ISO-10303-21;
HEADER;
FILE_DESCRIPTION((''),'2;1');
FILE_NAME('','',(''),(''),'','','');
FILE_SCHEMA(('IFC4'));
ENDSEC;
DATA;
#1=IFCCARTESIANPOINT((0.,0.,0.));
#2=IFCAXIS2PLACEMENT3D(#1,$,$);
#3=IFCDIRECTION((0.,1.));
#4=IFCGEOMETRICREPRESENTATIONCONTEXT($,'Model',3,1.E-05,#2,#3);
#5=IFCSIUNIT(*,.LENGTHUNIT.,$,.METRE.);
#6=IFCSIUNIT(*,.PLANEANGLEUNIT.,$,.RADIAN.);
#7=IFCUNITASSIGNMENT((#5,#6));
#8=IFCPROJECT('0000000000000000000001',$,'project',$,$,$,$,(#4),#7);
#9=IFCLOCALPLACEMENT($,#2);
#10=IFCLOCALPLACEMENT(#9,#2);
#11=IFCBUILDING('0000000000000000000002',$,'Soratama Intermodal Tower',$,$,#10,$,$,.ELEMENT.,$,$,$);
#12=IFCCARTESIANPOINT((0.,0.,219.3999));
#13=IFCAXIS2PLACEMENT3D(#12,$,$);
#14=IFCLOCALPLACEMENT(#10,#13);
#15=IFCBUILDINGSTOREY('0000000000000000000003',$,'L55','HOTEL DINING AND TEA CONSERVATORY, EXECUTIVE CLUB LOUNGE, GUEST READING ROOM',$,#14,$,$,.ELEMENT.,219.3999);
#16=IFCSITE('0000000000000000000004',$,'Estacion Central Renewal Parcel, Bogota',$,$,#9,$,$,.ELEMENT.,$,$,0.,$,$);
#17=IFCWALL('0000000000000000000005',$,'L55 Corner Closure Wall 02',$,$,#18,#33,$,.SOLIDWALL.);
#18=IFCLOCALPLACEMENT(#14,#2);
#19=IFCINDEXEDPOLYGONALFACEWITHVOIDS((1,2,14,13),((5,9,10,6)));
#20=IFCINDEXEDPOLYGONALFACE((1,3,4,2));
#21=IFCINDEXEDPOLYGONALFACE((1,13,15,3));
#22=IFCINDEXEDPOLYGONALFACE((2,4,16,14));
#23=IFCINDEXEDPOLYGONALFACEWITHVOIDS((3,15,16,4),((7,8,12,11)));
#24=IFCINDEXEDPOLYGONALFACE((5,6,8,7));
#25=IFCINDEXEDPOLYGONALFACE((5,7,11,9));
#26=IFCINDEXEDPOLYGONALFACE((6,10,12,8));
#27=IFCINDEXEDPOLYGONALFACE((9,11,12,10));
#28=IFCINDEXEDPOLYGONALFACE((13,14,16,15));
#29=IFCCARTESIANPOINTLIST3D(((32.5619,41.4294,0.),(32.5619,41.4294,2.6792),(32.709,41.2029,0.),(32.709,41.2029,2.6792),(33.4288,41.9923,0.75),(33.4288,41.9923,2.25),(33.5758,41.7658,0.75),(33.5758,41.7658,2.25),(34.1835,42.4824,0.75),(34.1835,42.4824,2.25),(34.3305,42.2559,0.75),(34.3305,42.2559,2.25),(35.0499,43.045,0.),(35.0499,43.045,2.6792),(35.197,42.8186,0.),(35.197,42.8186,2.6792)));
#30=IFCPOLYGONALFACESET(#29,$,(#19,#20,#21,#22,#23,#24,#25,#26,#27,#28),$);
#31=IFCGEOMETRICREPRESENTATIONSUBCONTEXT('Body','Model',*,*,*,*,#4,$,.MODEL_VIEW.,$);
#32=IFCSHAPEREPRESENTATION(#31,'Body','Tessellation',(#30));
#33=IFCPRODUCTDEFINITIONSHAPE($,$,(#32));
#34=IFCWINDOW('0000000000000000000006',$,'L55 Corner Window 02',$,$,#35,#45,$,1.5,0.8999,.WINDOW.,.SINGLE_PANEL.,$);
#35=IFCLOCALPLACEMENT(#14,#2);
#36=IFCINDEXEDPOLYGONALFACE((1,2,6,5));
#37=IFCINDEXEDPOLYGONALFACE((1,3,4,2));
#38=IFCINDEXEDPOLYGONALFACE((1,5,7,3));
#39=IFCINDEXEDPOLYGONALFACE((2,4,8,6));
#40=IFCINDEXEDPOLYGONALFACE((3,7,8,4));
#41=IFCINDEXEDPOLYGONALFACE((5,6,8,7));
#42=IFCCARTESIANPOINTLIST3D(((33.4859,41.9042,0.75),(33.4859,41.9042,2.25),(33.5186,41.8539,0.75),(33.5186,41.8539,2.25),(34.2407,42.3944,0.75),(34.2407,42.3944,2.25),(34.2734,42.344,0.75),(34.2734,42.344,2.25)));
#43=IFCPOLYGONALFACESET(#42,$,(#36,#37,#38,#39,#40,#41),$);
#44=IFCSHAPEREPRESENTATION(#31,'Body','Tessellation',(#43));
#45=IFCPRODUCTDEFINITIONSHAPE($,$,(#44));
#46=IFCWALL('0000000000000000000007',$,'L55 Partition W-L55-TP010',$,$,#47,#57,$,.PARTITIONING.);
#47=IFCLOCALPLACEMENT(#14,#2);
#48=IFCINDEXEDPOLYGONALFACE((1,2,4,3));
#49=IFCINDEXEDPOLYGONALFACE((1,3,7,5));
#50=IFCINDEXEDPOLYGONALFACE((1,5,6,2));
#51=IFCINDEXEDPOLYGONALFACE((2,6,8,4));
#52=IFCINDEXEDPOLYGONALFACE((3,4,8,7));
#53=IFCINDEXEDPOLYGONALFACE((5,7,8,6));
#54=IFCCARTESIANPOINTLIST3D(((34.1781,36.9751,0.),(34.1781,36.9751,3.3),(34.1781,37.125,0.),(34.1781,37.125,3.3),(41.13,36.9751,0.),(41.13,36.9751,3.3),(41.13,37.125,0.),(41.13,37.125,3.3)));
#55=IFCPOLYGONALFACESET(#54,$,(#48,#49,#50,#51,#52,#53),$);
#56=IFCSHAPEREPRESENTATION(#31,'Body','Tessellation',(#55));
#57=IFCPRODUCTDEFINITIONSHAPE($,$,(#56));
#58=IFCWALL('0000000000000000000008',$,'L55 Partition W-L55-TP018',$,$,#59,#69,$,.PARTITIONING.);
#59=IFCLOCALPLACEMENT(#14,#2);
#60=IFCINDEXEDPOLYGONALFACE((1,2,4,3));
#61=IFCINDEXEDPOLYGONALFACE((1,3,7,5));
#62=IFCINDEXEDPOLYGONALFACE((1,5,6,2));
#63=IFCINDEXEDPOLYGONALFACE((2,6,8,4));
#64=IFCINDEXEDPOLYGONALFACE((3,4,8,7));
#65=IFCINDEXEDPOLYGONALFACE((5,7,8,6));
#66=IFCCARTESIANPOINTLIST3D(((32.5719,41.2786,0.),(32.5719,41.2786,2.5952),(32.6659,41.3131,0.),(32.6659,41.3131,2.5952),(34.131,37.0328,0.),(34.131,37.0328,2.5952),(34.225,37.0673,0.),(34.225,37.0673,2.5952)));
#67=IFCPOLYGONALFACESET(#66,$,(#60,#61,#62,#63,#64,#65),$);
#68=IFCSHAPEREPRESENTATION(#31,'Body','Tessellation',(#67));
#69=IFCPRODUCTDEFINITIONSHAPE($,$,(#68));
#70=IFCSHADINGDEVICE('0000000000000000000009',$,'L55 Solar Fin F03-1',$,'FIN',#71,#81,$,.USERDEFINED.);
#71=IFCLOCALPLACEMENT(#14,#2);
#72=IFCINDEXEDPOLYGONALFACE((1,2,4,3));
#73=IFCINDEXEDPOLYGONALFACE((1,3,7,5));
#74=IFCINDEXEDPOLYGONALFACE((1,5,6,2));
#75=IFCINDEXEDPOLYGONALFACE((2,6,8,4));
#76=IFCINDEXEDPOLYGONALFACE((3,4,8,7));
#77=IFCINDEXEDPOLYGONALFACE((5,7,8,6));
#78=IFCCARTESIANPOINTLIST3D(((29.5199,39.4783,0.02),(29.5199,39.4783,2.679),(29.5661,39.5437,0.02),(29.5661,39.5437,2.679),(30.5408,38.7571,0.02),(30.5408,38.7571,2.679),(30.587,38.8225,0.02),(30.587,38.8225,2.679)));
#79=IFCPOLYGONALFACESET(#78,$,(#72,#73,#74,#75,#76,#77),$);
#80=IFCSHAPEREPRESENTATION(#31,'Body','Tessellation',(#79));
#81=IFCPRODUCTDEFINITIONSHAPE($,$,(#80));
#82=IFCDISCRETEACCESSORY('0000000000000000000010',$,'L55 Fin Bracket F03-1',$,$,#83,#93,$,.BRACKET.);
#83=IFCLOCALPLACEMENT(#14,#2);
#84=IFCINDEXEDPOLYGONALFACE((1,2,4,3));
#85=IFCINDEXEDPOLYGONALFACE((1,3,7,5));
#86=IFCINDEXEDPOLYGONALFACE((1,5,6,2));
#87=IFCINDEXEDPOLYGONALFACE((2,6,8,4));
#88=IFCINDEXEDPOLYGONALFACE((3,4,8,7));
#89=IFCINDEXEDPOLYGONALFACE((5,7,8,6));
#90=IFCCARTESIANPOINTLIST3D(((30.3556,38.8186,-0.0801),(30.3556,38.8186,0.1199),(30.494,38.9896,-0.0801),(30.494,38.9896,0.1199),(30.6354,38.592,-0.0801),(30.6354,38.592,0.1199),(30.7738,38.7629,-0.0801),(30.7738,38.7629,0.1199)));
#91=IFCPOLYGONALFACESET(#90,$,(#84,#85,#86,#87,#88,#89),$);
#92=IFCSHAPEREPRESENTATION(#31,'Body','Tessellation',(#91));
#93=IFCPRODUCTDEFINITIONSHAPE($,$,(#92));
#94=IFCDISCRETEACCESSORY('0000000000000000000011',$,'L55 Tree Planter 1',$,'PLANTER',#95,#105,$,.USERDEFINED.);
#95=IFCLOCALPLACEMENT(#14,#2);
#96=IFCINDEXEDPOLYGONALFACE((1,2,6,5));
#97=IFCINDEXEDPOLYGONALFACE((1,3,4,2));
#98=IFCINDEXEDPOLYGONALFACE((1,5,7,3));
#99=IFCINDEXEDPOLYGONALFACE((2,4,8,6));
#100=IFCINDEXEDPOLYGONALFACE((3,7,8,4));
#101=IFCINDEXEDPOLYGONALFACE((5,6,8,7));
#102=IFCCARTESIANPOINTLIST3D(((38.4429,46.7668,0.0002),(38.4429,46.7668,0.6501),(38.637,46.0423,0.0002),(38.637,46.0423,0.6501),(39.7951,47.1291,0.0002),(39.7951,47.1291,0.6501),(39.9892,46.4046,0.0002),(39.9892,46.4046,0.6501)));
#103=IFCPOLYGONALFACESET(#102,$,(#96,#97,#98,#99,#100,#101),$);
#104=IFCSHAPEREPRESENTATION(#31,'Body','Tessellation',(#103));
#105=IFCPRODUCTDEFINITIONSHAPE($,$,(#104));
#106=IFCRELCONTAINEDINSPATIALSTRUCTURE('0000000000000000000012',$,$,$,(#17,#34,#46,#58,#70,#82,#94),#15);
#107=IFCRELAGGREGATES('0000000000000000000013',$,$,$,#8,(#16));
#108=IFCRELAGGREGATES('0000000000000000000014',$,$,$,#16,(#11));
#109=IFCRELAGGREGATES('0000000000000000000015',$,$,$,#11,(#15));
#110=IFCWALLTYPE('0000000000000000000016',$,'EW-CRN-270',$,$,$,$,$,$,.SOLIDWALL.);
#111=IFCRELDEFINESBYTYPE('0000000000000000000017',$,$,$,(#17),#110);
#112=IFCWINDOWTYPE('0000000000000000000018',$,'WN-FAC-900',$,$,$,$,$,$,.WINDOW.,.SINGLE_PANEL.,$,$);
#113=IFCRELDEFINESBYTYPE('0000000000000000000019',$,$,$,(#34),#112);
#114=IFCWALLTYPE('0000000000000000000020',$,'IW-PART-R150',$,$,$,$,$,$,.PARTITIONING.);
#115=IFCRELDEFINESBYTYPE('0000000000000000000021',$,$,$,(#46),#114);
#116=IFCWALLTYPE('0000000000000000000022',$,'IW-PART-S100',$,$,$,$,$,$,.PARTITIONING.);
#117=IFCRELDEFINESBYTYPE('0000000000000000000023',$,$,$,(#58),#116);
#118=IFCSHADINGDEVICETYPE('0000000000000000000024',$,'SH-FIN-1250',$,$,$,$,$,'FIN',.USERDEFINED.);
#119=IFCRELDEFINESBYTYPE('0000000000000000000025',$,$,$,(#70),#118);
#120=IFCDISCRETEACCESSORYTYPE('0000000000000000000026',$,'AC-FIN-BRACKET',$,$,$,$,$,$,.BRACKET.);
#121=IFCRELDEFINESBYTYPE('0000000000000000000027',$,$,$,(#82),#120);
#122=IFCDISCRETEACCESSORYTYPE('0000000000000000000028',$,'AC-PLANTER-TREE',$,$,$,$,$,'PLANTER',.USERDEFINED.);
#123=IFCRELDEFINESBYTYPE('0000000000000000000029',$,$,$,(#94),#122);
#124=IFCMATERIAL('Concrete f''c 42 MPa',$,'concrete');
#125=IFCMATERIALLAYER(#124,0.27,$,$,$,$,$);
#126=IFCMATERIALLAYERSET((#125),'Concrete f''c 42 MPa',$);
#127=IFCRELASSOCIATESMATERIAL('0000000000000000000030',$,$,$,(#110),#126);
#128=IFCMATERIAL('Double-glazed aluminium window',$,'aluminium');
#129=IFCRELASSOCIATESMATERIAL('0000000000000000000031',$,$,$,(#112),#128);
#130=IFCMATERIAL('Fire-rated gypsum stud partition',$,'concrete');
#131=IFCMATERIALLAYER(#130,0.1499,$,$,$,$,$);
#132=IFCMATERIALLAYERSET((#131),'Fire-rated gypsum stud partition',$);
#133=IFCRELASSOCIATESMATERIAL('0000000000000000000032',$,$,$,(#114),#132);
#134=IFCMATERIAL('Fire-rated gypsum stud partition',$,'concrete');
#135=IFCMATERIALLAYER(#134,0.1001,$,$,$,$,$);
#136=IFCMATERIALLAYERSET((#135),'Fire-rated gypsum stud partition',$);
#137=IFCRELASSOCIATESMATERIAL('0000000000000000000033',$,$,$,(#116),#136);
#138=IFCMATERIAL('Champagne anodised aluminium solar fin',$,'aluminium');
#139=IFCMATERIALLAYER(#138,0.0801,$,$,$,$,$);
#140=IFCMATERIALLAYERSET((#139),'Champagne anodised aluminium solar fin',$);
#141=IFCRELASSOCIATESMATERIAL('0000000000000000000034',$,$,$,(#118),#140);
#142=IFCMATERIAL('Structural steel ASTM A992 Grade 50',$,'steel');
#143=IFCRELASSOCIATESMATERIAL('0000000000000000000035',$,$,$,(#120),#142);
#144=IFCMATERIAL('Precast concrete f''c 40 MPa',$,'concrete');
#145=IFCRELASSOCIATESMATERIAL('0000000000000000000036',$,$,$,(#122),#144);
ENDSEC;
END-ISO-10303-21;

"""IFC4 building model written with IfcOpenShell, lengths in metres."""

from ifc_helpers import new_model, si_unit, direction, frame, frame_2d, origin, origin_2d, place, context, subcontext, project, spatial, rectangle, extrude, material, layer, layer_set, type_object, element, fill, save


model = new_model("IFC4")

# Units and contexts
model_context = context("Model", 3, precision=1e-05, world=origin(), true_north=direction((0.0, 1.0)))
body_context = subcontext(model_context, "Body", "Model", "MODEL_VIEW")
ifc_project = project(units=[si_unit("LENGTHUNIT", "METRE"), si_unit("PLANEANGLEUNIT", "RADIAN")], contexts=[model_context])

# Site, building, storey
site_placement = place(None, origin())
site = spatial("IfcSite", under=ifc_project, at=site_placement, Name="Estacion Central Renewal Parcel, Bogota", CompositionType="ELEMENT", RefElevation=0.0)
building_placement = place(site_placement, origin())
building = spatial("IfcBuilding", under=site, at=building_placement, Name="Soratama Intermodal Tower", CompositionType="ELEMENT")
storey_placement = place(building_placement, frame((0.0, 0.0, 219.3999)))
storey = spatial("IfcBuildingStorey", under=building, at=storey_placement, Name="L55", Description="HOTEL DINING AND TEA CONSERVATORY, EXECUTIVE CLUB LOUNGE, GUEST READING ROOM", CompositionType="ELEMENT", Elevation=219.3999)

# Wall, opening, window
ifc_material_1 = material(Name="Concrete f'c 42 MPa", Category="concrete")
ifc_layer_1 = layer(ifc_material_1, 0.27)
ifc_layer_set_1 = layer_set([ifc_layer_1], Name="Concrete f'c 42 MPa")
wall_type_1 = type_object("IfcWallType", Name="EW-CRN-270", PredefinedType="SOLIDWALL", material=ifc_layer_set_1)
wall_1_placement = place(storey_placement, frame((35.1235, 42.9319, 0.0), z_axis=(0.0, 0.0, 1.0), x_axis=(-0.838675, -0.544633, 0.0)))
wall_1 = element("IfcWall", 1, at=wall_1_placement, inside=storey, type_object=wall_type_1, Name="L55 Corner Closure Wall 02", PredefinedType="SOLIDWALL", context=body_context, shape_type="SweptSolid", body=[
    extrude(rectangle(XDim=2.9666, YDim=0.27, at=frame_2d((1.4834, 0.0))), origin(), (0.0, 0.0, 1.0), 2.6792),
])
opening_placement = place(wall_1_placement, frame((1.0332, 0.0, 0.75)))
opening = element("IfcOpeningElement", 2, at=opening_placement, cuts=wall_1, PredefinedType="OPENING", context=body_context, shape_type="SweptSolid", body=[
    extrude(rectangle(XDim=0.8999, YDim=1.5, at=frame_2d((0.45, 0.75))), frame((0.0, 0.145, 0.0), z_axis=(0.0, -1.0, 0.0), x_axis=(1.0, 0.0, 0.0)), (0.0, 0.0, 1.0), 0.29),
])
ifc_material_2 = material(Name="Double-glazed aluminium window", Category="aluminium")
window_type = type_object("IfcWindowType", Name="WN-FAC-900", PartitioningType="SINGLE_PANEL", PredefinedType="WINDOW", material=ifc_material_2)
window_placement = place(opening_placement, origin())
window = element("IfcWindow", 3, at=window_placement, inside=storey, type_object=window_type, Name="L55 Corner Window 02", OverallHeight=1.5, OverallWidth=0.8999, PartitioningType="SINGLE_PANEL", PredefinedType="WINDOW", context=body_context, shape_type="SweptSolid", body=[
    extrude(rectangle(XDim=0.8999, YDim=1.5, at=frame_2d((0.45, 0.75))), frame((0.0, 0.03, 0.0), z_axis=(0.0, -1.0, 0.0), x_axis=(1.0, 0.0, 0.0)), (0.0, 0.0, 1.0), 0.0601),
])
fill(opening, window)

# Walls
ifc_material_3 = material(Name="Fire-rated gypsum stud partition", Category="concrete")
ifc_layer_2 = layer(ifc_material_3, 0.1499)
ifc_layer_set_2 = layer_set([ifc_layer_2], Name="Fire-rated gypsum stud partition")
wall_type_2 = type_object("IfcWallType", Name="IW-PART-R150", PredefinedType="PARTITIONING", material=ifc_layer_set_2)
wall_2_placement = place(storey_placement, frame((34.178, 37.05, 0.0), z_axis=(0.0, 0.0, 1.0), x_axis=(1.0, 0.0, 0.0)))
element("IfcWall", 4, at=wall_2_placement, inside=storey, type_object=wall_type_2, Name="L55 Partition W-L55-TP010", PredefinedType="PARTITIONING", context=body_context, shape_type="SweptSolid", body=[
    extrude(rectangle(XDim=6.9519, YDim=0.1499, at=frame_2d((3.4761, 0.0))), origin(), (0.0, 0.0, 1.0), 3.3),
])
ifc_material_4 = material(Name="Fire-rated gypsum stud partition", Category="concrete")
ifc_layer_3 = layer(ifc_material_4, 0.1001)
ifc_layer_set_3 = layer_set([ifc_layer_3], Name="Fire-rated gypsum stud partition")
wall_type_3 = type_object("IfcWallType", Name="IW-PART-S100", PredefinedType="PARTITIONING", material=ifc_layer_set_3)
wall_3_placement = place(storey_placement, frame((34.178, 37.05, 0.0), z_axis=(0.0, 0.0, 1.0), x_axis=(-0.344697, 0.938714, 0.0)))
element("IfcWall", 5, at=wall_3_placement, inside=storey, type_object=wall_type_3, Name="L55 Partition W-L55-TP018", PredefinedType="PARTITIONING", context=body_context, shape_type="SweptSolid", body=[
    extrude(rectangle(XDim=4.5229, YDim=0.1001, at=frame_2d((2.2615, 0.0))), origin(), (0.0, 0.0, 1.0), 2.5952),
])

# Shading device
ifc_material_5 = material(Name="Champagne anodised aluminium solar fin", Category="aluminium")
ifc_layer_4 = layer(ifc_material_5, 0.0801)
ifc_layer_set_4 = layer_set([ifc_layer_4], Name="Champagne anodised aluminium solar fin")
shading_device_type = type_object("IfcShadingDeviceType", Name="SH-FIN-1250", ElementType="FIN", PredefinedType="USERDEFINED", material=ifc_layer_set_4)
shading_device_placement = place(storey_placement, frame((30.0535, 39.1504, 0.02), z_axis=(0.0, 0.0, 1.0), x_axis=(-0.816742, 0.577003, 0.0)))
element("IfcShadingDevice", 6, at=shading_device_placement, inside=storey, type_object=shading_device_type, Name="L55 Solar Fin F03-1", ObjectType="FIN", PredefinedType="USERDEFINED", context=body_context, shape_type="SweptSolid", body=[
    extrude(rectangle(XDim=1.25, YDim=0.0801, at=origin_2d()), origin(), (0.0, 0.0, 1.0), 2.6589),
])

# Discrete accessories
ifc_material_6 = material(Name="Structural steel ASTM A992 Grade 50", Category="steel")
discrete_accessory_type_1 = type_object("IfcDiscreteAccessoryType", Name="AC-FIN-BRACKET", PredefinedType="BRACKET", material=ifc_material_6)
discrete_accessory_1_placement = place(storey_placement, frame((30.5647, 38.7908, -0.0801), z_axis=(0.0, 0.0, 1.0), x_axis=(-0.777146, 0.62932, 0.0)))
element("IfcDiscreteAccessory", 7, at=discrete_accessory_1_placement, inside=storey, type_object=discrete_accessory_type_1, Name="L55 Fin Bracket F03-1", PredefinedType="BRACKET", context=body_context, shape_type="SweptSolid", body=[
    extrude(rectangle(XDim=0.3601, YDim=0.22, at=origin_2d()), origin(), (0.0, 0.0, 1.0), 0.2),
])
ifc_material_7 = material(Name="Precast concrete f'c 40 MPa", Category="concrete")
discrete_accessory_type_2 = type_object("IfcDiscreteAccessoryType", Name="AC-PLANTER-TREE", ElementType="PLANTER", PredefinedType="USERDEFINED", material=ifc_material_7)
discrete_accessory_2_placement = place(storey_placement, frame((39.2161, 46.5857, 0.0002), z_axis=(0.0, 0.0, 1.0), x_axis=(-0.258819, 0.965926, 0.0)))
element("IfcDiscreteAccessory", 8, at=discrete_accessory_2_placement, inside=storey, type_object=discrete_accessory_type_2, Name="L55 Tree Planter 1", ObjectType="PLANTER", PredefinedType="USERDEFINED", context=body_context, shape_type="SweptSolid", body=[
    extrude(rectangle(XDim=0.75, YDim=1.3999, at=origin_2d()), origin(), (0.0, 0.0, 1.0), 0.6499),
])

save(model, "model.ifc")
